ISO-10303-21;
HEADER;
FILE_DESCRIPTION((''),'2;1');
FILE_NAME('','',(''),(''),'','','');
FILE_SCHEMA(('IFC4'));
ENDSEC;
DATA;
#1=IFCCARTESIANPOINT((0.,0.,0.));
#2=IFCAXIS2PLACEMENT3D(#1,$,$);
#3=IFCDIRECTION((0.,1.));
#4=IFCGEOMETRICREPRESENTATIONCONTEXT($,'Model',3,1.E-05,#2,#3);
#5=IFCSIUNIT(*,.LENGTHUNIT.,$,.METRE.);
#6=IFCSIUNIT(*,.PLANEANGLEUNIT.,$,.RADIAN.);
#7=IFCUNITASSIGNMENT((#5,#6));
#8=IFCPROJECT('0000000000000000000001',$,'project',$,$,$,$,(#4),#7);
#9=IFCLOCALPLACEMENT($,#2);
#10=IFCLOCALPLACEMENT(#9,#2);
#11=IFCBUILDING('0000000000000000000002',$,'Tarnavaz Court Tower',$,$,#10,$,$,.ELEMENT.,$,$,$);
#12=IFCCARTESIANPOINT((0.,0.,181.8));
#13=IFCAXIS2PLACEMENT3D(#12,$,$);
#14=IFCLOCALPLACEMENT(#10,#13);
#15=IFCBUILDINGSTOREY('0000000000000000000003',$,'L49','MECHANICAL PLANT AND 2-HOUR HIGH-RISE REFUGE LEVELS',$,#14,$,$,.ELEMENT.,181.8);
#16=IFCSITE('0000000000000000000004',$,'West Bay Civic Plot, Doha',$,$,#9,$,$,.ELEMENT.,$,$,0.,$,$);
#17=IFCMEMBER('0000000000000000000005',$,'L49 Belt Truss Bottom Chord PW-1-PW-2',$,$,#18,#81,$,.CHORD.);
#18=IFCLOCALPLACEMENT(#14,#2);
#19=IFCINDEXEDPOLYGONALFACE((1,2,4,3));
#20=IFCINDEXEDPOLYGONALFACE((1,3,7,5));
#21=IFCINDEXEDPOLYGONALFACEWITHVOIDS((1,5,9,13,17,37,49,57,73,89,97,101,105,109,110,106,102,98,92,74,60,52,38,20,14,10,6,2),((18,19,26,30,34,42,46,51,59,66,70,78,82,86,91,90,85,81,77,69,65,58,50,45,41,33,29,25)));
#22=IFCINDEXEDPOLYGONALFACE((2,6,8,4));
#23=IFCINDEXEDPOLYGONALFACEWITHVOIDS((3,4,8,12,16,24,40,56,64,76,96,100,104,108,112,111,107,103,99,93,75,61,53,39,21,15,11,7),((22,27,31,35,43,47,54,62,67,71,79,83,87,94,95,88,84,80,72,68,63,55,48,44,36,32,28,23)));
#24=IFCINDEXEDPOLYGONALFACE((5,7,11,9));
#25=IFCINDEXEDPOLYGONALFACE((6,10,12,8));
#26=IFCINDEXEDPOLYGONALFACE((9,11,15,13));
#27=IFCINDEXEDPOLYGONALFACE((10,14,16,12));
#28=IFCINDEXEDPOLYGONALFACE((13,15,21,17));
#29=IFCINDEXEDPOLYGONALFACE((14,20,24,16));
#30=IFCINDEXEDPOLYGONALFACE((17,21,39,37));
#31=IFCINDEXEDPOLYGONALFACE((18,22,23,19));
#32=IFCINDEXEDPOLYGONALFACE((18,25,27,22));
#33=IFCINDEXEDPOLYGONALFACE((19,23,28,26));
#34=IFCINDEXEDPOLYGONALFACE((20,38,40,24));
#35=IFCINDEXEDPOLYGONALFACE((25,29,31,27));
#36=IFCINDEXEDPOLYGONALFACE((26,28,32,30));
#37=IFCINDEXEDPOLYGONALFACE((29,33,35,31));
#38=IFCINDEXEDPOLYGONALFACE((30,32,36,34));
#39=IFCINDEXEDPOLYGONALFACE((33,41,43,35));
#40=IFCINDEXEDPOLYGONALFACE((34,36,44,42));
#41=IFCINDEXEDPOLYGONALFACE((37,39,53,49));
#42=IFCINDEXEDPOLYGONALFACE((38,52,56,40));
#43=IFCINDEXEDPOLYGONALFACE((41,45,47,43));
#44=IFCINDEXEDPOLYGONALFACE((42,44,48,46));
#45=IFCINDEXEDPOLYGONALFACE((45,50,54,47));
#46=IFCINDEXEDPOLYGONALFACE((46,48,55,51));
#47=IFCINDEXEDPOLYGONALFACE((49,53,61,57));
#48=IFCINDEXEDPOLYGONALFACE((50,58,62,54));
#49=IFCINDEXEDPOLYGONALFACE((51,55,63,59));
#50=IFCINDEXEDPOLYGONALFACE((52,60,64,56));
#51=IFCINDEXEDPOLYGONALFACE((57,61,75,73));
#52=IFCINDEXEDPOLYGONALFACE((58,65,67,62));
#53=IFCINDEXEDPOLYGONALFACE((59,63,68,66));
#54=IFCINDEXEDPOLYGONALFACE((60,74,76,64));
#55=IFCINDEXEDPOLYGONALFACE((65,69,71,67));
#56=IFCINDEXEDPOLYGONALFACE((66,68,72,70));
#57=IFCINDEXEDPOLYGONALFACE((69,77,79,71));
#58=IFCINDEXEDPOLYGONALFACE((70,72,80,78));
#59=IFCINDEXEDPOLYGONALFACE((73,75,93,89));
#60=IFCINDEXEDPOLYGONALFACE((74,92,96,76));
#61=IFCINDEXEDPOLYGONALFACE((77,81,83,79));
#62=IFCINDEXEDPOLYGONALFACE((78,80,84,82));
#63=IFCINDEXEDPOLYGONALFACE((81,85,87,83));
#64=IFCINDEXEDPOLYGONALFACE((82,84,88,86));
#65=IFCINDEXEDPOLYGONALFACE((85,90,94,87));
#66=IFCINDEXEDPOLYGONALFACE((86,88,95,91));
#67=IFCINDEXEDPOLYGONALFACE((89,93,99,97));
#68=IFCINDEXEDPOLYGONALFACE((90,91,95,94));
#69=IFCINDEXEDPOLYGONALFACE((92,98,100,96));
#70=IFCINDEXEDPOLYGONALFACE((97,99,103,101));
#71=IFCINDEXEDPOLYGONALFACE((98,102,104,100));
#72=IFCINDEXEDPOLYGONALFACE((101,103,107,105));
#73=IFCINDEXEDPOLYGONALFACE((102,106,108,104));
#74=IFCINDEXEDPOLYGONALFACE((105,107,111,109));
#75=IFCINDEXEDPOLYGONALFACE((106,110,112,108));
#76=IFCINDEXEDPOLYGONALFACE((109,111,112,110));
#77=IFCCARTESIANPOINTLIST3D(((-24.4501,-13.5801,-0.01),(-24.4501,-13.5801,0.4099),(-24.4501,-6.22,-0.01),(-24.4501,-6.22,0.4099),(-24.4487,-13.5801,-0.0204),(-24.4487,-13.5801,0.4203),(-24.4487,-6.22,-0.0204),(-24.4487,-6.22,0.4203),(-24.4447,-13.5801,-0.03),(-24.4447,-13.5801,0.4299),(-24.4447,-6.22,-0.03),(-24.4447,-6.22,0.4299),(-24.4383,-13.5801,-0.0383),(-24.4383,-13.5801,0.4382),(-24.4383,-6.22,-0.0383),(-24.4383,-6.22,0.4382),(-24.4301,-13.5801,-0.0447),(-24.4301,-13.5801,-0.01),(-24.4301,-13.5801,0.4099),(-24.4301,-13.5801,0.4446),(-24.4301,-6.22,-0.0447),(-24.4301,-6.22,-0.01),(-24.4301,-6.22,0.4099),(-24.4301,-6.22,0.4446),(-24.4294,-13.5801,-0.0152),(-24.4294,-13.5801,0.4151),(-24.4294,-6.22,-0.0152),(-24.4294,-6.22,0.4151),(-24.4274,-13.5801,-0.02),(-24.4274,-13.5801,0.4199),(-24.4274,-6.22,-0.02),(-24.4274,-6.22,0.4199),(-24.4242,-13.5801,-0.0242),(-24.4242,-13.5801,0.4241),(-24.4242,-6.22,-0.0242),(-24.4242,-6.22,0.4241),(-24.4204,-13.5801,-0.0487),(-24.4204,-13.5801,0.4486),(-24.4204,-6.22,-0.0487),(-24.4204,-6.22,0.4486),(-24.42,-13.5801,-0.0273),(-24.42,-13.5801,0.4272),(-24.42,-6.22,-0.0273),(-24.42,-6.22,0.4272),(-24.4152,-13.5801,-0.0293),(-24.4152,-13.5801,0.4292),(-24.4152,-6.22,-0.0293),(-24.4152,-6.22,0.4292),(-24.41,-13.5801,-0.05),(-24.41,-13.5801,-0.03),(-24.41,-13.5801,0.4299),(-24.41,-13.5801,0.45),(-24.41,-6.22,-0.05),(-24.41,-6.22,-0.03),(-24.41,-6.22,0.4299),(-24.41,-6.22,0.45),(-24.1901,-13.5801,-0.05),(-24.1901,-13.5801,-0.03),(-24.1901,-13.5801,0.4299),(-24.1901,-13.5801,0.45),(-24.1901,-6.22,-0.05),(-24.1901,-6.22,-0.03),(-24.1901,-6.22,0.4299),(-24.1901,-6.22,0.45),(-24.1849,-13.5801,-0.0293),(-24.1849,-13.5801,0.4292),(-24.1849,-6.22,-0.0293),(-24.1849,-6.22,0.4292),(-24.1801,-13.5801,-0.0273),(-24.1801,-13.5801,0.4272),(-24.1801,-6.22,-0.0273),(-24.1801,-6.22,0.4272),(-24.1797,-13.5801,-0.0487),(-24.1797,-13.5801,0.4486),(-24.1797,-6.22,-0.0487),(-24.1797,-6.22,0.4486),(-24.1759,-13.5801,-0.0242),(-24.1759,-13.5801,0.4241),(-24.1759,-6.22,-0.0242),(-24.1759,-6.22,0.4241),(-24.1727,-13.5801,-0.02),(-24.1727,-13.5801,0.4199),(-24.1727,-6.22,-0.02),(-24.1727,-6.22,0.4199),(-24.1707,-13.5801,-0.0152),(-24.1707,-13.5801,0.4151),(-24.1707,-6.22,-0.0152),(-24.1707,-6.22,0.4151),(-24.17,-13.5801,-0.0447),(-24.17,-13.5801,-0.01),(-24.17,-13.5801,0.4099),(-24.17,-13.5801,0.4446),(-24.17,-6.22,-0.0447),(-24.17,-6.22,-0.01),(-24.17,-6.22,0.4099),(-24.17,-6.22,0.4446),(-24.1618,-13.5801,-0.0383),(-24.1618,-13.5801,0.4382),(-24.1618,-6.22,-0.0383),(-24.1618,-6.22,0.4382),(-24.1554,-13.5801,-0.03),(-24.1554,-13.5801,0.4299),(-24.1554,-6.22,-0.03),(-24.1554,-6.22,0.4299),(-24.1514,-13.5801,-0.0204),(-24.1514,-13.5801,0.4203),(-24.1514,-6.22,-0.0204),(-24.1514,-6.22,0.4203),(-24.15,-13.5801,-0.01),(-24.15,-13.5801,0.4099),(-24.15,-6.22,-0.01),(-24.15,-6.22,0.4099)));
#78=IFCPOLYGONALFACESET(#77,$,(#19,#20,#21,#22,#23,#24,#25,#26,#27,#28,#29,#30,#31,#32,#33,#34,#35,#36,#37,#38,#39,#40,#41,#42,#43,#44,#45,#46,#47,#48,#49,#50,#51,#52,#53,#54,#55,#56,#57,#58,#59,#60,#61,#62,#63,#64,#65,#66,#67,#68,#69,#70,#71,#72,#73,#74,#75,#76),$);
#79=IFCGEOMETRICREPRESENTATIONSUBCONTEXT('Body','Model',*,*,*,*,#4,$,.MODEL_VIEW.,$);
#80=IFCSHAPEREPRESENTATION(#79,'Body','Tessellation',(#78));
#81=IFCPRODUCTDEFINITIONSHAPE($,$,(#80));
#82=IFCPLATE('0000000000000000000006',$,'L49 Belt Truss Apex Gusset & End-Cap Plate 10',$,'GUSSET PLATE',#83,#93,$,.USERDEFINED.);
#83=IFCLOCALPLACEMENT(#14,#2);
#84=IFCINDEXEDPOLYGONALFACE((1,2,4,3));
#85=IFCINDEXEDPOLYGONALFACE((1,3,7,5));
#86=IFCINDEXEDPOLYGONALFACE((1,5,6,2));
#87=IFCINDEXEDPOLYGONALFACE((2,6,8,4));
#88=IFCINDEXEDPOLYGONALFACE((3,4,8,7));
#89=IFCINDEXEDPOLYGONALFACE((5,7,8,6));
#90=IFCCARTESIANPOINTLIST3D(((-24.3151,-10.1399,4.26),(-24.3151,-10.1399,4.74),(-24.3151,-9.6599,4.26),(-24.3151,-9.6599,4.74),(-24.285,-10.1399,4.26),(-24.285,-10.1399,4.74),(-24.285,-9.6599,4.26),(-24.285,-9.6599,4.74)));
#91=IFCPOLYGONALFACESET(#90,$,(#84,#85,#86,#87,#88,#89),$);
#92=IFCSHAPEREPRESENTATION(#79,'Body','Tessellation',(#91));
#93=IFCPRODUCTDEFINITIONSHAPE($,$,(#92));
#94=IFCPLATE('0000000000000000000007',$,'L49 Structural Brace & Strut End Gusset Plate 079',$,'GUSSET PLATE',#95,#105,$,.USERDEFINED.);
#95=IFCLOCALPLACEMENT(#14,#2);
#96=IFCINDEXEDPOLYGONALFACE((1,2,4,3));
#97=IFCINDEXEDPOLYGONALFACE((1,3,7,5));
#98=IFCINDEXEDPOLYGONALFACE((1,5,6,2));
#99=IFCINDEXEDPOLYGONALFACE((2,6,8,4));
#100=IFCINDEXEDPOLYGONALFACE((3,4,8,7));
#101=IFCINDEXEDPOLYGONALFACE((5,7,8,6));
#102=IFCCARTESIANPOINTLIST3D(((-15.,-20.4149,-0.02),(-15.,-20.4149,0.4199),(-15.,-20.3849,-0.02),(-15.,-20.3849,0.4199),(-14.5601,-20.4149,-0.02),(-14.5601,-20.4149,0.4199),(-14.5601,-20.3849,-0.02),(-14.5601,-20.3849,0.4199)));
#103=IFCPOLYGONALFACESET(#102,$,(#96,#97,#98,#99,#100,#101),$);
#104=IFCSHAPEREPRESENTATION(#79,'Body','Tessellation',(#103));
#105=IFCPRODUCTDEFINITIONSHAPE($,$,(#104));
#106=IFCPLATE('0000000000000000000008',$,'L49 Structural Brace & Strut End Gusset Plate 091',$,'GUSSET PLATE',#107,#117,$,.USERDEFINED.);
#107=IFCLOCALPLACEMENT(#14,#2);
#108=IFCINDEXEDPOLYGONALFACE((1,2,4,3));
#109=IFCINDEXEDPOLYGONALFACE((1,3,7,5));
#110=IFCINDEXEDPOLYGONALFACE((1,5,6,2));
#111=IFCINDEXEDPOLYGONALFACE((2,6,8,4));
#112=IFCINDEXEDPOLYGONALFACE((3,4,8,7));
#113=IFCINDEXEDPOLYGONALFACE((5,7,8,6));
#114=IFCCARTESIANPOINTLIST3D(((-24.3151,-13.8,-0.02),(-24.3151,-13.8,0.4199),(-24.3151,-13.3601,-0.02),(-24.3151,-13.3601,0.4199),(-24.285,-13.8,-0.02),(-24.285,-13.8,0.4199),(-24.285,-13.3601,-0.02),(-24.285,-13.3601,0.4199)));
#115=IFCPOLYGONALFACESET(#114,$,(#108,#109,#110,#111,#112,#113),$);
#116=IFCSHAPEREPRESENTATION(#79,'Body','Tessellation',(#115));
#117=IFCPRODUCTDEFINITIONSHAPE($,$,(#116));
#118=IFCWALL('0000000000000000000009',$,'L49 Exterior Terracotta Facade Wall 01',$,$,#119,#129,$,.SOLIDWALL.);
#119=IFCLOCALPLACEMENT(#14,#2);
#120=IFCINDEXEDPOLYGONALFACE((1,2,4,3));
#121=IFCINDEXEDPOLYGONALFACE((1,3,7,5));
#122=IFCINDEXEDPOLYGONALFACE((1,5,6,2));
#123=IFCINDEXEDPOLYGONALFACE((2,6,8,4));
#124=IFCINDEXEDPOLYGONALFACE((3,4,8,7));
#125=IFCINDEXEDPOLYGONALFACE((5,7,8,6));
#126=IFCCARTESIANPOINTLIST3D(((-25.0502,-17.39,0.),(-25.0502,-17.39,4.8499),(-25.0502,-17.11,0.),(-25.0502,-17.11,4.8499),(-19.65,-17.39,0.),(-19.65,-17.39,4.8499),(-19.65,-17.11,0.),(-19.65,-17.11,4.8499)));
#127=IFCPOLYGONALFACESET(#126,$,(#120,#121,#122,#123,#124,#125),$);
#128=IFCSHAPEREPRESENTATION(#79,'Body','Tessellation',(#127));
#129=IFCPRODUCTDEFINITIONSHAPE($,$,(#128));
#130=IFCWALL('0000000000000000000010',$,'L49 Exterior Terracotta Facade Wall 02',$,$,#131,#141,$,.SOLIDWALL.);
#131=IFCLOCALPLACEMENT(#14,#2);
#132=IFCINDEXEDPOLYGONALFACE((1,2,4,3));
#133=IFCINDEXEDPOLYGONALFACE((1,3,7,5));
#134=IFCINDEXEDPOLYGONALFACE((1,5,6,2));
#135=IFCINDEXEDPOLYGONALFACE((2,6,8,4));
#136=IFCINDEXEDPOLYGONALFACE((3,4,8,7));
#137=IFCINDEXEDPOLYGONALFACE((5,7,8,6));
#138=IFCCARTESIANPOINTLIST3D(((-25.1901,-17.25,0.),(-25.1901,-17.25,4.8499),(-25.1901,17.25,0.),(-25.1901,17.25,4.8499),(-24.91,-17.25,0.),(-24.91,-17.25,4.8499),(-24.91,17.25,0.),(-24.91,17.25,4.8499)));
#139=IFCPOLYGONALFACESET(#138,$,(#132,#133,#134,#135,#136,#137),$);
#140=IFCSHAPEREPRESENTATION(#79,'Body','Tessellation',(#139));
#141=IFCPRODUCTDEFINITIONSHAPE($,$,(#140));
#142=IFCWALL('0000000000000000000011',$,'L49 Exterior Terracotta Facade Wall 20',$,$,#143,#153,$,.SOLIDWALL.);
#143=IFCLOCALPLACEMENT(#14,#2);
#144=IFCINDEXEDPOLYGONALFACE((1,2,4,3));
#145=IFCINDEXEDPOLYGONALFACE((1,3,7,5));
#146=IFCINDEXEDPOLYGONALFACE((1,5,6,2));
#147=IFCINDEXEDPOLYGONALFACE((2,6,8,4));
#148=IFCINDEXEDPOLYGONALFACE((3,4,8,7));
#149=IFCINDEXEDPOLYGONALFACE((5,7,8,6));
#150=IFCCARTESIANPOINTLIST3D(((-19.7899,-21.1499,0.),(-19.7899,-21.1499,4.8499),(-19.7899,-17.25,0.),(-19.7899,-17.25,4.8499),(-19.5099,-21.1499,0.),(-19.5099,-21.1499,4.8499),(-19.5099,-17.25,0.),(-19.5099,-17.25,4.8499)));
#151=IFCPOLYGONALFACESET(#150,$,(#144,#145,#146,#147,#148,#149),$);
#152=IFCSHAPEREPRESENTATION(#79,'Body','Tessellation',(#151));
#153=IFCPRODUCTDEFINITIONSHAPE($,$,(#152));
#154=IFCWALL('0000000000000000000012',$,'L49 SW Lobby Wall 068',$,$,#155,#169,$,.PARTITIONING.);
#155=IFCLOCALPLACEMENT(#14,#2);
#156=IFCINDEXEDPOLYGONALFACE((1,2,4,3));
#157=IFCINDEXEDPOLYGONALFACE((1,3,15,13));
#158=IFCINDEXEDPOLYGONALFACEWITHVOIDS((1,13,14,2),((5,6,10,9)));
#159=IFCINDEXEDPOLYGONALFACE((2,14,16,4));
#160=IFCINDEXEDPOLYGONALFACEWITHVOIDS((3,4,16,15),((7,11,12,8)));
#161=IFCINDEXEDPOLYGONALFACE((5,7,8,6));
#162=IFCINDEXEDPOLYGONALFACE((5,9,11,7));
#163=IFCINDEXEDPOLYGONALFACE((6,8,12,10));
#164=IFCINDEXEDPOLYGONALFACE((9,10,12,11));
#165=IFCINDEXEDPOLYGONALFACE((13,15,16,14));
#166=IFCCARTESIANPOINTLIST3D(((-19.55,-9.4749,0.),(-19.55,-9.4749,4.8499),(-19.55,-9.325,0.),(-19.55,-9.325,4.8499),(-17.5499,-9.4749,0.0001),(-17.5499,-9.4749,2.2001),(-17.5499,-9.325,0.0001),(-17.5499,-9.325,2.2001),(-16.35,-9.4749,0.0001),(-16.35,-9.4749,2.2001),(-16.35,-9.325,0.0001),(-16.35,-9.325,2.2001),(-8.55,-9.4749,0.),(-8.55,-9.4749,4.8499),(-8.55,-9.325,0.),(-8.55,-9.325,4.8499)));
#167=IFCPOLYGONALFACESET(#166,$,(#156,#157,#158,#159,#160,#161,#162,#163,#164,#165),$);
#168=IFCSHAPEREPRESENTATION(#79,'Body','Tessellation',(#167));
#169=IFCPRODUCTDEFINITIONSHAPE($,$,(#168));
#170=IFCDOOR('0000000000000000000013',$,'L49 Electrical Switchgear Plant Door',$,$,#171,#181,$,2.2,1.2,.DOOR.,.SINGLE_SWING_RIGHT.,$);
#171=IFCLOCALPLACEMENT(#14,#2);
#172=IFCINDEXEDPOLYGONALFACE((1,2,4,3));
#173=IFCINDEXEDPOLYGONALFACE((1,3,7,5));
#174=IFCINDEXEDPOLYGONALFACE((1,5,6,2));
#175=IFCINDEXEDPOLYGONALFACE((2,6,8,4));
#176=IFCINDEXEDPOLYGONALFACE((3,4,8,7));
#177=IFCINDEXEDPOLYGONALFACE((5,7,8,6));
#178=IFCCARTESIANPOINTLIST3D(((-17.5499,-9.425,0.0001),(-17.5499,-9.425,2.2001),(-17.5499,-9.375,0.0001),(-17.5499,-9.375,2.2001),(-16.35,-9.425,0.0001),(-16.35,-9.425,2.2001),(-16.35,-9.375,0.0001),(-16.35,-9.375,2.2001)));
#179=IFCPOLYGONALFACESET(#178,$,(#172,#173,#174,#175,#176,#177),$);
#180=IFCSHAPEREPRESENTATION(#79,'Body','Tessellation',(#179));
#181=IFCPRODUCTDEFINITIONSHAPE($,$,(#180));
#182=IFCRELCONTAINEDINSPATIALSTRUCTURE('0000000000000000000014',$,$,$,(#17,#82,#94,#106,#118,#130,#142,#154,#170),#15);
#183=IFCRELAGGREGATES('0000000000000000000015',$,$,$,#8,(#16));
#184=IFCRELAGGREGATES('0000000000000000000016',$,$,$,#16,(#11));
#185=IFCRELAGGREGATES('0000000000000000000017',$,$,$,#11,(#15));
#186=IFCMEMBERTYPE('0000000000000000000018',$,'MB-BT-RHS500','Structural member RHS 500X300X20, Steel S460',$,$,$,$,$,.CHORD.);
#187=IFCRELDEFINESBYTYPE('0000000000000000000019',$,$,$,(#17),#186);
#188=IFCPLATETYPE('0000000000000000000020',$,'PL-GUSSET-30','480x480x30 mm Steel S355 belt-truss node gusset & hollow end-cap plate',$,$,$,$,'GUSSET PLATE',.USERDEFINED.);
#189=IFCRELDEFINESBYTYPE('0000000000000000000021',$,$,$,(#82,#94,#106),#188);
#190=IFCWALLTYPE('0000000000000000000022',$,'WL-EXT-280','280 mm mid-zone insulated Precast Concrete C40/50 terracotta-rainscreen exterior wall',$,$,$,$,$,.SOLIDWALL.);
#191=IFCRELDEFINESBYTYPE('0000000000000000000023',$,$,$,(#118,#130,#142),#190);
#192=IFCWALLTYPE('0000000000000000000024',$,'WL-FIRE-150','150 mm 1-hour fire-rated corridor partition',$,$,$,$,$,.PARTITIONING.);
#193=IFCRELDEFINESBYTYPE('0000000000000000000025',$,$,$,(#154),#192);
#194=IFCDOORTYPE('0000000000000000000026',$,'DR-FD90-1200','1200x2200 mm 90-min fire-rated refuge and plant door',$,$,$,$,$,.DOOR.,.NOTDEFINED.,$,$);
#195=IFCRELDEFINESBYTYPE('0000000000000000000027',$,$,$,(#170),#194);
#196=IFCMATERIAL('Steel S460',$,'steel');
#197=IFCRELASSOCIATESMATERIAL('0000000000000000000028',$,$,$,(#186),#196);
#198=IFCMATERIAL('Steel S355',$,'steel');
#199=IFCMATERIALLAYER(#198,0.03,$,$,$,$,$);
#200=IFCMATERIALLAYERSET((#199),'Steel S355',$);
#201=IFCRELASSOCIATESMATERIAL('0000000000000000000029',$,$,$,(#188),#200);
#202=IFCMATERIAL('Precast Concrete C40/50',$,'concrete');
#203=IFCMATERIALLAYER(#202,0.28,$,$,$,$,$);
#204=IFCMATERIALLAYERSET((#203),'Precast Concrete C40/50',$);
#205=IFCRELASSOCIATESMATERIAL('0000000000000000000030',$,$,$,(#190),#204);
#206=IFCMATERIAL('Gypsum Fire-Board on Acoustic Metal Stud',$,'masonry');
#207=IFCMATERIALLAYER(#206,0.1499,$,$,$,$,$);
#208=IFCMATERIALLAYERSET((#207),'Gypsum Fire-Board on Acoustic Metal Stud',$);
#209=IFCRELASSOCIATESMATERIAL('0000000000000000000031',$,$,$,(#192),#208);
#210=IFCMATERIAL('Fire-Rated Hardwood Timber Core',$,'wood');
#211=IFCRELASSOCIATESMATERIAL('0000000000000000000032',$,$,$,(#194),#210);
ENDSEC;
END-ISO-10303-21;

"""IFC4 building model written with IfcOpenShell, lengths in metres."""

from ifc_helpers import new_model, si_unit, direction, frame, frame_2d, origin, origin_2d, place, context, subcontext, project, spatial, rectangle, hollow_rectangle, extrude, material, layer, layer_set, material_profile, profile_set, type_object, element, fill, save


model = new_model("IFC4")

# Units and contexts
model_context = context("Model", 3, precision=1e-05, world=origin(), true_north=direction((0.0, 1.0)))
body_context = subcontext(model_context, "Body", "Model", "MODEL_VIEW")
ifc_project = project(units=[si_unit("LENGTHUNIT", "METRE"), si_unit("PLANEANGLEUNIT", "RADIAN")], contexts=[model_context])

# Site, building, storey
site_placement = place(None, origin())
site = spatial("IfcSite", under=ifc_project, at=site_placement, Name="West Bay Civic Plot, Doha", CompositionType="ELEMENT", RefElevation=0.0)
building_placement = place(site_placement, origin())
building = spatial("IfcBuilding", under=site, at=building_placement, Name="Tarnavaz Court Tower", CompositionType="ELEMENT")
storey_placement = place(building_placement, frame((0.0, 0.0, 181.8)))
storey = spatial("IfcBuildingStorey", under=building, at=storey_placement, Name="L49", Description="MECHANICAL PLANT AND 2-HOUR HIGH-RISE REFUGE LEVELS", CompositionType="ELEMENT", Elevation=181.8)

# Shared definitions
ifc_material_1 = material(Name="Steel S460", Category="steel")

# Shared definitions
ifc_material_2 = material(Name="Steel S355", Category="steel")

# Member
ifc_material_profile_1 = material_profile(ifc_material_1, hollow_rectangle(XDim=0.3, YDim=0.5, WallThickness=0.02, InnerFilletRadius=0.02, OuterFilletRadius=0.04, at=origin_2d()), Name="RHS 500X300X20")
ifc_profile_set_1 = profile_set([ifc_material_profile_1], Name="Steel S460")
member_type_1 = type_object("IfcMemberType", Name="MB-BT-RHS500", Description="Structural member RHS 500X300X20, Steel S460", PredefinedType="CHORD", material=ifc_profile_set_1)
member_1_placement = place(storey_placement, frame((-24.3, -13.5801, 0.2), z_axis=(0.0, 1.0, 0.0), x_axis=(-1.0, 0.0, 0.0)))
element("IfcMember", 1, at=member_1_placement, inside=storey, type_object=member_type_1, Name="L49 Belt Truss Bottom Chord PW-1-PW-2", PredefinedType="CHORD", context=body_context, shape_type="SweptSolid", body=[
    extrude(hollow_rectangle(XDim=0.3, YDim=0.5, WallThickness=0.02, InnerFilletRadius=0.02, OuterFilletRadius=0.04, at=origin_2d()), origin(), (0.0, 0.0, 1.0), 7.3601),
])

# Plates
ifc_layer_1 = layer(ifc_material_2, 0.03)
ifc_layer_set_1 = layer_set([ifc_layer_1], Name="Steel S355")
plate_type = type_object("IfcPlateType", Name="PL-GUSSET-30", Description="480x480x30 mm Steel S355 belt-truss node gusset & hollow end-cap plate", ElementType="GUSSET PLATE", PredefinedType="USERDEFINED", material=ifc_layer_set_1)
plate_placement = place(storey_placement, frame((-24.3, -9.8999, 4.26), z_axis=(0.0, 0.0, 1.0), x_axis=(0.0, 1.0, 0.0)))
element("IfcPlate", 2, at=plate_placement, inside=storey, type_object=plate_type, Name="L49 Belt Truss Apex Gusset & End-Cap Plate 10", ObjectType="GUSSET PLATE", PredefinedType="USERDEFINED", context=body_context, shape_type="SweptSolid", body=[
    extrude(rectangle(XDim=0.48, YDim=0.03, at=origin_2d()), origin(), (0.0, 0.0, 1.0), 0.48),
])
for number, where, z_axis, x_axis, name in (
    (3, (-14.78, -20.3999, -0.02), (0.0, 0.0, 1.0), (1.0, 0.0, 0.0), "L49 Structural Brace & Strut End Gusset Plate 079"),
    (4, (-24.3, -13.5801, -0.02), (0.0, 0.0, 1.0), (0.0, 1.0, 0.0), "L49 Structural Brace & Strut End Gusset Plate 091"),
):
    element("IfcPlate", number, at=place(storey_placement, frame(where, z_axis=z_axis, x_axis=x_axis)), inside=storey, type_object=plate_type, Name=name, ObjectType="GUSSET PLATE", PredefinedType="USERDEFINED", context=body_context, shape_type="SweptSolid", body=[
        extrude(rectangle(XDim=0.4399, YDim=0.03, at=origin_2d()), origin(), (0.0, 0.0, 1.0), 0.4399),
    ])

# Walls
ifc_material_3 = material(Name="Precast Concrete C40/50", Category="concrete")
ifc_layer_2 = layer(ifc_material_3, 0.28)
ifc_layer_set_2 = layer_set([ifc_layer_2], Name="Precast Concrete C40/50")
wall_type_1 = type_object("IfcWallType", Name="WL-EXT-280", Description="280 mm mid-zone insulated Precast Concrete C40/50 terracotta-rainscreen exterior wall", PredefinedType="SOLIDWALL", material=ifc_layer_set_2)
wall_1_placement = place(storey_placement, frame((-19.6499, -17.25, 0.0), z_axis=(0.0, 0.0, 1.0), x_axis=(-1.0, 0.0, 0.0)))
element("IfcWall", 5, at=wall_1_placement, inside=storey, type_object=wall_type_1, Name="L49 Exterior Terracotta Facade Wall 01", PredefinedType="SOLIDWALL", context=body_context, shape_type="SweptSolid", body=[
    extrude(rectangle(XDim=5.4001, YDim=0.28, at=frame_2d((2.7002, 0.0))), origin(), (0.0, 0.0, 1.0), 4.8499),
])
wall_2_placement = place(storey_placement, frame((-25.05, -17.25, 0.0), z_axis=(0.0, 0.0, 1.0), x_axis=(0.0, 1.0, 0.0)))
element("IfcWall", 6, at=wall_2_placement, inside=storey, type_object=wall_type_1, Name="L49 Exterior Terracotta Facade Wall 02", PredefinedType="SOLIDWALL", context=body_context, shape_type="SweptSolid", body=[
    extrude(rectangle(XDim=34.5, YDim=0.28, at=frame_2d((17.25, 0.0))), origin(), (0.0, 0.0, 1.0), 4.8499),
])
wall_3_placement = place(storey_placement, frame((-19.6499, -21.1499, 0.0), z_axis=(0.0, 0.0, 1.0), x_axis=(0.0, 1.0, 0.0)))
element("IfcWall", 7, at=wall_3_placement, inside=storey, type_object=wall_type_1, Name="L49 Exterior Terracotta Facade Wall 20", PredefinedType="SOLIDWALL", context=body_context, shape_type="SweptSolid", body=[
    extrude(rectangle(XDim=3.8999, YDim=0.28, at=frame_2d((1.95, 0.0))), origin(), (0.0, 0.0, 1.0), 4.8499),
])

# Wall, opening, door
ifc_material_4 = material(Name="Gypsum Fire-Board on Acoustic Metal Stud", Category="masonry")
ifc_layer_3 = layer(ifc_material_4, 0.1499)
ifc_layer_set_3 = layer_set([ifc_layer_3], Name="Gypsum Fire-Board on Acoustic Metal Stud")
wall_type_2 = type_object("IfcWallType", Name="WL-FIRE-150", Description="150 mm 1-hour fire-rated corridor partition", PredefinedType="PARTITIONING", material=ifc_layer_set_3)
wall_4_placement = place(storey_placement, frame((-19.55, -9.3999, 0.0), z_axis=(0.0, 0.0, 1.0), x_axis=(1.0, 0.0, 0.0)))
wall_4 = element("IfcWall", 8, at=wall_4_placement, inside=storey, type_object=wall_type_2, Name="L49 SW Lobby Wall 068", PredefinedType="PARTITIONING", context=body_context, shape_type="SweptSolid", body=[
    extrude(rectangle(XDim=11.0, YDim=0.1499, at=frame_2d((5.5, 0.0))), origin(), (0.0, 0.0, 1.0), 4.8499),
])
opening_placement = place(wall_4_placement, frame((2.0, 0.0, 0.0)))
opening = element("IfcOpeningElement", 9, at=opening_placement, cuts=wall_4, PredefinedType="OPENING", context=body_context, shape_type="SweptSolid", body=[
    extrude(rectangle(XDim=1.2, YDim=2.2, at=frame_2d((0.6001, 1.1001))), frame((0.0, 0.085, 0.0), z_axis=(0.0, -1.0, 0.0), x_axis=(1.0, 0.0, 0.0)), (0.0, 0.0, 1.0), 0.1699),
])
ifc_material_5 = material(Name="Fire-Rated Hardwood Timber Core", Category="wood")
door_type = type_object("IfcDoorType", Name="DR-FD90-1200", Description="1200x2200 mm 90-min fire-rated refuge and plant door", OperationType="NOTDEFINED", PredefinedType="DOOR", material=ifc_material_5)
door_placement = place(opening_placement, origin())
door = element("IfcDoor", 10, at=door_placement, inside=storey, type_object=door_type, Name="L49 Electrical Switchgear Plant Door", OperationType="SINGLE_SWING_RIGHT", OverallHeight=2.2, OverallWidth=1.2, PredefinedType="DOOR", context=body_context, shape_type="SweptSolid", body=[
    extrude(rectangle(XDim=1.2, YDim=2.2, at=frame_2d((0.6001, 1.1001))), frame((0.0, 0.0249, 0.0), z_axis=(0.0, -1.0, 0.0), x_axis=(1.0, 0.0, 0.0)), (0.0, 0.0, 1.0), 0.05),
])
fill(opening, door)

save(model, "model.ifc")
